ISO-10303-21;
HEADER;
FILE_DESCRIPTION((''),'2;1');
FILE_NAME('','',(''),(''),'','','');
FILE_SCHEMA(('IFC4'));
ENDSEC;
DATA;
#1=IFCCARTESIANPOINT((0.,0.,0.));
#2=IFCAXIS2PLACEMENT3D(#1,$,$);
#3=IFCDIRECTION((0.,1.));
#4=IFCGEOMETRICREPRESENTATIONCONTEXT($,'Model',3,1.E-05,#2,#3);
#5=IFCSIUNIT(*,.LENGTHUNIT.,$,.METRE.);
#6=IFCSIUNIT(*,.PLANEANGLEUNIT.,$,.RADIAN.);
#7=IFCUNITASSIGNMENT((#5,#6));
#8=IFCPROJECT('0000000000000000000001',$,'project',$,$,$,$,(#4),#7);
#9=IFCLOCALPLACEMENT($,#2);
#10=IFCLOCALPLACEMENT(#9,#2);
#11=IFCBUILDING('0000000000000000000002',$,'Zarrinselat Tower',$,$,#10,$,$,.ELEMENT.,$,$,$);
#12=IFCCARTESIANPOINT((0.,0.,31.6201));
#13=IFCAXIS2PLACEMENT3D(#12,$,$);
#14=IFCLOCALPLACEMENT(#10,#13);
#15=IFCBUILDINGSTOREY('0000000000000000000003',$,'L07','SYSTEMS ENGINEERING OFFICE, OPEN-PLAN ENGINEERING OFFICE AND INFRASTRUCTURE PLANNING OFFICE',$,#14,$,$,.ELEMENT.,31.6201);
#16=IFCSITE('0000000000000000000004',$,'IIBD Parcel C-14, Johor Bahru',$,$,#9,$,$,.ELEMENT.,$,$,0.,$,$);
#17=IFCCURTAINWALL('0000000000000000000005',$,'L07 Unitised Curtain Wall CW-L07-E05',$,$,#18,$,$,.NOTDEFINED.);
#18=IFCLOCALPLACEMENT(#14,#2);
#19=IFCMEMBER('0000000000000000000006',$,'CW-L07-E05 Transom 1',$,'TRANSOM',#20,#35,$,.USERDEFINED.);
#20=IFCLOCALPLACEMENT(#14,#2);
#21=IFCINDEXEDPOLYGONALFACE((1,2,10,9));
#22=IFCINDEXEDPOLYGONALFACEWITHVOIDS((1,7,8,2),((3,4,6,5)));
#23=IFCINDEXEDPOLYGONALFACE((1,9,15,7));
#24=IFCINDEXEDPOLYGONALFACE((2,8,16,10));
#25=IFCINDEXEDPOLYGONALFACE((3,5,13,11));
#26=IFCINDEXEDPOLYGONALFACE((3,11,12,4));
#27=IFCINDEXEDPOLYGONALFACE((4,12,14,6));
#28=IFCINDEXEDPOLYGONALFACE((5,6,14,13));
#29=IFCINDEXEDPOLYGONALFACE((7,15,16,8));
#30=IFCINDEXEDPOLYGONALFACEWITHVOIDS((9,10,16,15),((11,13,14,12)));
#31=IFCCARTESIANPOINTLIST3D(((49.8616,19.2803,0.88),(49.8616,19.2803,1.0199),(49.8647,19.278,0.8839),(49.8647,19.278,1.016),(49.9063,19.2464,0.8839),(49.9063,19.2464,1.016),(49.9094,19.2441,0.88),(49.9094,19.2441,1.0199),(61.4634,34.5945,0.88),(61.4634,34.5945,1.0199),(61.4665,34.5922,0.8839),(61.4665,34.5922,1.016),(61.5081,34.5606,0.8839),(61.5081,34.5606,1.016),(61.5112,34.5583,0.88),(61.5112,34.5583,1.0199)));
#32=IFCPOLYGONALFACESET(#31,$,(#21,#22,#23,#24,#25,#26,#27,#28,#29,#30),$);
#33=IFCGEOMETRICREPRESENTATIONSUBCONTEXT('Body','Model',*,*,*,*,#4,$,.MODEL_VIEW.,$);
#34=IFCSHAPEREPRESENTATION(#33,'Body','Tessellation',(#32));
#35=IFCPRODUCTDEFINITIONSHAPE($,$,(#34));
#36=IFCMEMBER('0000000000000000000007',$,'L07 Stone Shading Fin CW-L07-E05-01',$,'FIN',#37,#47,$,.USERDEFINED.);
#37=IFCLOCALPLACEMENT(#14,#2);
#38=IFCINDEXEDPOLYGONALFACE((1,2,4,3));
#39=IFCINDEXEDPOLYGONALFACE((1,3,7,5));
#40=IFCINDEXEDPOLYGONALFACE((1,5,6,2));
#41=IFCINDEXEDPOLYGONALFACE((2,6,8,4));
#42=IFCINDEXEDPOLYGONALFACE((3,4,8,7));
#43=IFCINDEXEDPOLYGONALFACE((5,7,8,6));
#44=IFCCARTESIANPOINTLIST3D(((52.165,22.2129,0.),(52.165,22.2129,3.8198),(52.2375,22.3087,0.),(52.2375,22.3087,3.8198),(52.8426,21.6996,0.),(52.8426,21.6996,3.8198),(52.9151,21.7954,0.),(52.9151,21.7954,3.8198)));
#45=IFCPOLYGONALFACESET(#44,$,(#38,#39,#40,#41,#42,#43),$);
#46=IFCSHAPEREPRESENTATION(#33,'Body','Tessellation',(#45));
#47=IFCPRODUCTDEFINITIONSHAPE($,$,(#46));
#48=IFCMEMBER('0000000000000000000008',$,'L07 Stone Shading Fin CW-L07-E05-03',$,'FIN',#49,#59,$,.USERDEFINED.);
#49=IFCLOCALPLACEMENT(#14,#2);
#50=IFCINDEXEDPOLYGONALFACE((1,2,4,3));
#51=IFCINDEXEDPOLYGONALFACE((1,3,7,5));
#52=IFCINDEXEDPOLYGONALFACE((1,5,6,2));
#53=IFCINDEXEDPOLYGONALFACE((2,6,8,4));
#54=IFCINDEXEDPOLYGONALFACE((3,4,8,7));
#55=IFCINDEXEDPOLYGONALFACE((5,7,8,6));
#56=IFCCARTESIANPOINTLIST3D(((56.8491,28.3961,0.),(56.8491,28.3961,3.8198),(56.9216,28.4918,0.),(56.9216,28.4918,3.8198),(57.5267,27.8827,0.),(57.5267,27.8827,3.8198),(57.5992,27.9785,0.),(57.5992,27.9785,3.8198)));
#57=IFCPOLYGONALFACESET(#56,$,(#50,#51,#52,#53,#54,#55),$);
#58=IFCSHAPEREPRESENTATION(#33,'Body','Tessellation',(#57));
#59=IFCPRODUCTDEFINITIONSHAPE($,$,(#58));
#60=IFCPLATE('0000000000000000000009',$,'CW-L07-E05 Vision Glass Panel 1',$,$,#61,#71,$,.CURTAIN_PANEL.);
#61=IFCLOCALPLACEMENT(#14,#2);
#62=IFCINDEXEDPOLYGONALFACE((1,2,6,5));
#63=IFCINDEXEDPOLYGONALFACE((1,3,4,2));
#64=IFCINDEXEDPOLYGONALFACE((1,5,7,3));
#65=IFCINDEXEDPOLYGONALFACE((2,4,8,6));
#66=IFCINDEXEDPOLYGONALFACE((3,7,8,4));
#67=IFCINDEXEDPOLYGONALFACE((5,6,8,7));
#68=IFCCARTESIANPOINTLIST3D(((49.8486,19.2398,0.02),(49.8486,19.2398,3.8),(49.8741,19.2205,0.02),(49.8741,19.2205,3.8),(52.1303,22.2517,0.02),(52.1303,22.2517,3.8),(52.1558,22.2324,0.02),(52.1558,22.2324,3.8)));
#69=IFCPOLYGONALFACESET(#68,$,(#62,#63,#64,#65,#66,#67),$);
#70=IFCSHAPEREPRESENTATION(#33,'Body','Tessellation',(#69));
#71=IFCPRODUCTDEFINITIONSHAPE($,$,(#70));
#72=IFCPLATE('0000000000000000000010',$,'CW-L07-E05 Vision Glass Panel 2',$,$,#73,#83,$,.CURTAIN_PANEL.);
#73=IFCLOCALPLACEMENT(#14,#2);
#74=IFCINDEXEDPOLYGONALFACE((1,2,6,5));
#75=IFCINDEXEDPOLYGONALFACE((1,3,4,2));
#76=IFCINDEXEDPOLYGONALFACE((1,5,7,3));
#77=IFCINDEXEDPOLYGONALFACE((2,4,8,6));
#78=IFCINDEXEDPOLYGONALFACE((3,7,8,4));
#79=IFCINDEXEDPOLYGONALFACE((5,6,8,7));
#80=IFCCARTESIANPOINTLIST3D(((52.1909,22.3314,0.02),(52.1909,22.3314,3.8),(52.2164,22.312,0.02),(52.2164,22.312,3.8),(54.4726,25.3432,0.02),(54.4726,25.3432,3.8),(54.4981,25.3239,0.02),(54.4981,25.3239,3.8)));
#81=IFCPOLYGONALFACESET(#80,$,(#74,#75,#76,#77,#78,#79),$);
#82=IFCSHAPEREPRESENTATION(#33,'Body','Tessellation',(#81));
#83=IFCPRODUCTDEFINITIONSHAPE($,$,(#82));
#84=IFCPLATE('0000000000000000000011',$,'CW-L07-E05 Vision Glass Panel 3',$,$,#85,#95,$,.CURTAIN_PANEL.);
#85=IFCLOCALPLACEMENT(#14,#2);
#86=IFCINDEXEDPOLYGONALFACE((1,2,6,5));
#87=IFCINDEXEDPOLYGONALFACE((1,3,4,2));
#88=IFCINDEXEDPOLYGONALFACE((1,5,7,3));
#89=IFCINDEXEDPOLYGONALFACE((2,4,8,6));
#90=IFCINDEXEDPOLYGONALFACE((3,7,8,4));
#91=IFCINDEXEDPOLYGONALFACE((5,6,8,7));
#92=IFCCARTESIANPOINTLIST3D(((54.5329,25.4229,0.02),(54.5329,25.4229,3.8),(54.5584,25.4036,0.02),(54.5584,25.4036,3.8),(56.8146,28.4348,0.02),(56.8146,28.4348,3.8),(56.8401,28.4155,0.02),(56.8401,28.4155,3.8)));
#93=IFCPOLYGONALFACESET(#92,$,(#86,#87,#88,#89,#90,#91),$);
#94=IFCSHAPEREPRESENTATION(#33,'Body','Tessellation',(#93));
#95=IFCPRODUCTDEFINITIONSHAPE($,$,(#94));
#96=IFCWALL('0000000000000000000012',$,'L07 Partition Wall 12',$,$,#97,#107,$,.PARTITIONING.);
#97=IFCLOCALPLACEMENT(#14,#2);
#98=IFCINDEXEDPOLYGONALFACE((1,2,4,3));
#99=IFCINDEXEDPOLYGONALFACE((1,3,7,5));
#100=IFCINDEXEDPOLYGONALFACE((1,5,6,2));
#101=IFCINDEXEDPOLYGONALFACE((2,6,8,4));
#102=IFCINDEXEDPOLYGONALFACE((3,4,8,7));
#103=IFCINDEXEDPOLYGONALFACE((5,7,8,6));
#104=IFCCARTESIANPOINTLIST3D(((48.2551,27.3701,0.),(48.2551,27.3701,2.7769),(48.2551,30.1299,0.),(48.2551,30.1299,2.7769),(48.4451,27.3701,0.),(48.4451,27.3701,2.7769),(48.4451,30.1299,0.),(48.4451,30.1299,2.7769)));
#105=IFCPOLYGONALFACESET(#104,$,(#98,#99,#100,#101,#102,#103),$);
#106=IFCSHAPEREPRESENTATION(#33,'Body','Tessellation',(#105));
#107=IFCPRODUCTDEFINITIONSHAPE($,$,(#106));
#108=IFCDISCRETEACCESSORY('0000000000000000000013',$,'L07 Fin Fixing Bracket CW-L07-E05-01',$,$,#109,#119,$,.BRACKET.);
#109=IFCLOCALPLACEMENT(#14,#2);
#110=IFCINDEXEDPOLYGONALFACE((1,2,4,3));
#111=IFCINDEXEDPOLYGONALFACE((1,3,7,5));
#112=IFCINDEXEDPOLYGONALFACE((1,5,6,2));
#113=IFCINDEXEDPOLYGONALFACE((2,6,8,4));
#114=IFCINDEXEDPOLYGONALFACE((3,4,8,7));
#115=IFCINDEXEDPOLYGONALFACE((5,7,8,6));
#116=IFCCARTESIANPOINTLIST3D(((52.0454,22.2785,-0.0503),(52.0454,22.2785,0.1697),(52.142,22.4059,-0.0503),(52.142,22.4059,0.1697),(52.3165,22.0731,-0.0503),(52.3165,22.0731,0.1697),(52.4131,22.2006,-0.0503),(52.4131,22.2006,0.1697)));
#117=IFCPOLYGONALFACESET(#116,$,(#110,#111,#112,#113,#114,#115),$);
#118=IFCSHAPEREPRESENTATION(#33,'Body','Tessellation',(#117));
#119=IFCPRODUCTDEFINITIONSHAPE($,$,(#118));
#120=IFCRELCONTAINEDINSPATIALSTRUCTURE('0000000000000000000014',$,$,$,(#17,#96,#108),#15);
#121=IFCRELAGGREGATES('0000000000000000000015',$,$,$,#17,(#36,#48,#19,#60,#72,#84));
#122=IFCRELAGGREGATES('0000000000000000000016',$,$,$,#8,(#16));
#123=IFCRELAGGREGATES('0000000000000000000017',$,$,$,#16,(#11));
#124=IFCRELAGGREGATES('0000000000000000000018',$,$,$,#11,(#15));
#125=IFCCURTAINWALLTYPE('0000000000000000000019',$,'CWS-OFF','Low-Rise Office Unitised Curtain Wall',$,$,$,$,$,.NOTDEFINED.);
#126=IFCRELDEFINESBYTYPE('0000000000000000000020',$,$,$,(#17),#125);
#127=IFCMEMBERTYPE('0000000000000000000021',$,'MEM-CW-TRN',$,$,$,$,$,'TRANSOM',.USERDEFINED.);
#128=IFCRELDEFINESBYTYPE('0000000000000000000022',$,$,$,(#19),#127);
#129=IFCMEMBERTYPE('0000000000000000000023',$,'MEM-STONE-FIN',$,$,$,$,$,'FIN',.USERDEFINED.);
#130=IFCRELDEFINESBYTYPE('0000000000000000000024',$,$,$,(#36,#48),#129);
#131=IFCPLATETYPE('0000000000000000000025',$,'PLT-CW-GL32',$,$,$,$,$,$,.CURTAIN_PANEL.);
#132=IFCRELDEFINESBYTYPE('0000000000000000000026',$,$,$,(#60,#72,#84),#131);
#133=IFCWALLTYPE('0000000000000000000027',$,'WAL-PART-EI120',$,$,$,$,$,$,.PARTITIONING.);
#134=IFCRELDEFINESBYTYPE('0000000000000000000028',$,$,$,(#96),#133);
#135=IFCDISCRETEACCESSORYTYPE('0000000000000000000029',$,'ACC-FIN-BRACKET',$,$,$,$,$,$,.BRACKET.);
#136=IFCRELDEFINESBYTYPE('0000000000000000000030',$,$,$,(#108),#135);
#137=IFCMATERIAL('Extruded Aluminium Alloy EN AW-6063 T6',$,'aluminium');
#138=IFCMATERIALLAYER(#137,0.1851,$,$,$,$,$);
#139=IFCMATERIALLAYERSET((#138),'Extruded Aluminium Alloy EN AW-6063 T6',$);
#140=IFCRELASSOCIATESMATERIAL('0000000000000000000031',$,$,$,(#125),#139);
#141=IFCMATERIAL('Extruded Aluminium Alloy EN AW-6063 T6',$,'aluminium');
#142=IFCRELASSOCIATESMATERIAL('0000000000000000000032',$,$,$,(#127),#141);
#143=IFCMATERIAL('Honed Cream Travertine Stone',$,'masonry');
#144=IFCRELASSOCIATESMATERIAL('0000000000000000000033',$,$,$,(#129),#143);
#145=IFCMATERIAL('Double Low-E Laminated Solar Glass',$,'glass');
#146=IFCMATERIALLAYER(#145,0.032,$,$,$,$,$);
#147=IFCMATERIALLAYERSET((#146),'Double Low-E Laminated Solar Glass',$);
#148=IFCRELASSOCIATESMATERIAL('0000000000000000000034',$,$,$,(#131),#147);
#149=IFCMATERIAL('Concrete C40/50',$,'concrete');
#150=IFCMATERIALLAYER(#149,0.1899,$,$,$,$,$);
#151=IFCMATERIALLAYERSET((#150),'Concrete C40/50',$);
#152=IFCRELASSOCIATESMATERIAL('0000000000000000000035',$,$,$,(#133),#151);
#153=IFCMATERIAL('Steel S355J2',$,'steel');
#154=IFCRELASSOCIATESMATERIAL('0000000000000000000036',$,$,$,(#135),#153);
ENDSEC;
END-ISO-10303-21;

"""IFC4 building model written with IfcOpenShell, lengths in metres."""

from ifc_helpers import new_model, si_unit, direction, frame, frame_2d, origin, origin_2d, place, context, subcontext, project, spatial, rectangle, hollow_rectangle, extrude, material, layer, layer_set, material_profile, profile_set, type_object, element, aggregate, save


model = new_model("IFC4")

# Units and contexts
model_context = context("Model", 3, precision=1e-05, world=origin(), true_north=direction((0.0, 1.0)))
body_context = subcontext(model_context, "Body", "Model", "MODEL_VIEW")
ifc_project = project(units=[si_unit("LENGTHUNIT", "METRE"), si_unit("PLANEANGLEUNIT", "RADIAN")], contexts=[model_context])

# Site, building, storey
site_placement = place(None, origin())
site = spatial("IfcSite", under=ifc_project, at=site_placement, Name="IIBD Parcel C-14, Johor Bahru", CompositionType="ELEMENT", RefElevation=0.0)
building_placement = place(site_placement, origin())
building = spatial("IfcBuilding", under=site, at=building_placement, Name="Zarrinselat Tower", CompositionType="ELEMENT")
storey_placement = place(building_placement, frame((0.0, 0.0, 31.6201)))
storey = spatial("IfcBuildingStorey", under=building, at=storey_placement, Name="L07", Description="SYSTEMS ENGINEERING OFFICE, OPEN-PLAN ENGINEERING OFFICE AND INFRASTRUCTURE PLANNING OFFICE", CompositionType="ELEMENT", Elevation=31.6201)

# Shared definitions
ifc_material_1 = material(Name="Extruded Aluminium Alloy EN AW-6063 T6", Category="aluminium")
ifc_layer_1 = layer(ifc_material_1, 0.1851)
ifc_layer_set_1 = layer_set([ifc_layer_1], Name="Extruded Aluminium Alloy EN AW-6063 T6")
curtain_wall_type = type_object("IfcCurtainWallType", Name="CWS-OFF", Description="Low-Rise Office Unitised Curtain Wall", PredefinedType="NOTDEFINED", material=ifc_layer_set_1)

# Curtain wall, members, plates
curtain_wall_1_placement = place(storey_placement, origin())
curtain_wall_1 = element("IfcCurtainWall", 1, at=curtain_wall_1_placement, inside=storey, type_object=curtain_wall_type, Name="L07 Unitised Curtain Wall CW-L07-E05", PredefinedType="NOTDEFINED")
ifc_material_2 = material(Name="Extruded Aluminium Alloy EN AW-6063 T6", Category="aluminium")
ifc_material_profile_1 = material_profile(ifc_material_2, hollow_rectangle(XDim=0.0601, YDim=0.1399, WallThickness=0.0039, at=origin_2d()), Name="RHS 140x60x4")
ifc_profile_set_1 = profile_set([ifc_material_profile_1], Name="Extruded Aluminium Alloy EN AW-6063 T6")
member_type_1 = type_object("IfcMemberType", Name="MEM-CW-TRN", ElementType="TRANSOM", PredefinedType="USERDEFINED", material=ifc_profile_set_1)
member_1_placement = place(storey_placement, frame((49.8855, 19.2622, 0.95), z_axis=(0.603862, 0.797089, 0.0), x_axis=(-0.797089, 0.603862, 0.0)))
member_1 = element("IfcMember", 2, at=member_1_placement, type_object=member_type_1, Name="CW-L07-E05 Transom 1", ObjectType="TRANSOM", PredefinedType="USERDEFINED", context=body_context, shape_type="SweptSolid", body=[
    extrude(hollow_rectangle(XDim=0.0601, YDim=0.1399, WallThickness=0.0039, at=origin_2d()), origin(), (0.0, 0.0, 1.0), 19.2126),
])
ifc_material_3 = material(Name="Honed Cream Travertine Stone", Category="masonry")
ifc_material_profile_2 = material_profile(ifc_material_3, rectangle(XDim=0.1201, YDim=0.8501, at=origin_2d()), Name="FIN 850x120")
ifc_profile_set_2 = profile_set([ifc_material_profile_2], Name="Honed Cream Travertine Stone")
member_type_2 = type_object("IfcMemberType", Name="MEM-STONE-FIN", ElementType="FIN", PredefinedType="USERDEFINED", material=ifc_profile_set_2)
member_2_placement = place(storey_placement, frame((52.54, 22.0042, 0.0), z_axis=(0.0, 0.0, 1.0), x_axis=(-0.603858, -0.797092, 0.0)))
member_2 = element("IfcMember", 3, at=member_2_placement, type_object=member_type_2, Name="L07 Stone Shading Fin CW-L07-E05-01", ObjectType="FIN", PredefinedType="USERDEFINED", context=body_context, shape_type="SweptSolid", body=[
    extrude(rectangle(XDim=0.1201, YDim=0.8501, at=origin_2d()), origin(), (0.0, 0.0, 1.0), 3.8198),
])
member_3_placement = place(storey_placement, frame((57.2241, 28.1873, 0.0), z_axis=(0.0, 0.0, 1.0), x_axis=(-0.603858, -0.797092, 0.0)))
member_3 = element("IfcMember", 4, at=member_3_placement, type_object=member_type_2, Name="L07 Stone Shading Fin CW-L07-E05-03", ObjectType="FIN", PredefinedType="USERDEFINED", context=body_context, shape_type="SweptSolid", body=[
    extrude(rectangle(XDim=0.1201, YDim=0.8501, at=origin_2d()), origin(), (0.0, 0.0, 1.0), 3.8198),
])
ifc_material_4 = material(Name="Double Low-E Laminated Solar Glass", Category="glass")
ifc_layer_2 = layer(ifc_material_4, 0.032)
ifc_layer_set_2 = layer_set([ifc_layer_2], Name="Double Low-E Laminated Solar Glass")
plate_type = type_object("IfcPlateType", Name="PLT-CW-GL32", PredefinedType="CURTAIN_PANEL", material=ifc_layer_set_2)
plate_1_placement = place(storey_placement, frame((51.0022, 20.7361, 0.02), z_axis=(0.0, 0.0, 1.0), x_axis=(0.603858, 0.797092, 0.0)))
plate_1 = element("IfcPlate", 5, at=plate_1_placement, type_object=plate_type, Name="CW-L07-E05 Vision Glass Panel 1", PredefinedType="CURTAIN_PANEL", context=body_context, shape_type="SweptSolid", body=[
    extrude(rectangle(XDim=3.7786, YDim=0.032, at=origin_2d()), origin(), (0.0, 0.0, 1.0), 3.78),
])
plate_2_placement = place(storey_placement, frame((53.3445, 23.8276, 0.02), z_axis=(0.0, 0.0, 1.0), x_axis=(0.603858, 0.797092, 0.0)))
plate_2 = element("IfcPlate", 6, at=plate_2_placement, type_object=plate_type, Name="CW-L07-E05 Vision Glass Panel 2", PredefinedType="CURTAIN_PANEL", context=body_context, shape_type="SweptSolid", body=[
    extrude(rectangle(XDim=3.7786, YDim=0.032, at=origin_2d()), origin(), (0.0, 0.0, 1.0), 3.78),
])
plate_3_placement = place(storey_placement, frame((55.6865, 26.9192, 0.02), z_axis=(0.0, 0.0, 1.0), x_axis=(0.603858, 0.797092, 0.0)))
plate_3 = element("IfcPlate", 7, at=plate_3_placement, type_object=plate_type, Name="CW-L07-E05 Vision Glass Panel 3", PredefinedType="CURTAIN_PANEL", context=body_context, shape_type="SweptSolid", body=[
    extrude(rectangle(XDim=3.7786, YDim=0.032, at=origin_2d()), origin(), (0.0, 0.0, 1.0), 3.78),
])
aggregate(curtain_wall_1, [member_2, member_3, member_1, plate_1, plate_2, plate_3])

# Wall
ifc_material_5 = material(Name="Concrete C40/50", Category="concrete")
ifc_layer_3 = layer(ifc_material_5, 0.1899)
ifc_layer_set_3 = layer_set([ifc_layer_3], Name="Concrete C40/50")
wall_type = type_object("IfcWallType", Name="WAL-PART-EI120", PredefinedType="PARTITIONING", material=ifc_layer_set_3)
wall_placement = place(storey_placement, frame((48.3501, 27.3701, 0.0), z_axis=(0.0, 0.0, 1.0), x_axis=(0.0, 1.0, 0.0)))
element("IfcWall", 8, at=wall_placement, inside=storey, type_object=wall_type, Name="L07 Partition Wall 12", PredefinedType="PARTITIONING", context=body_context, shape_type="SweptSolid", body=[
    extrude(rectangle(XDim=2.7598, YDim=0.1899, at=frame_2d((1.3799, 0.0))), origin(), (0.0, 0.0, 1.0), 2.7769),
])

# Discrete accessory
ifc_material_6 = material(Name="Steel S355J2", Category="steel")
discrete_accessory_type = type_object("IfcDiscreteAccessoryType", Name="ACC-FIN-BRACKET", PredefinedType="BRACKET", material=ifc_material_6)
discrete_accessory_placement = place(storey_placement, frame((52.2292, 22.2395, -0.0503), z_axis=(0.0, 0.0, 1.0), x_axis=(0.797092, -0.603858, 0.0)))
element("IfcDiscreteAccessory", 9, at=discrete_accessory_placement, inside=storey, type_object=discrete_accessory_type, Name="L07 Fin Fixing Bracket CW-L07-E05-01", PredefinedType="BRACKET", context=body_context, shape_type="SweptSolid", body=[
    extrude(rectangle(XDim=0.3401, YDim=0.1599, at=origin_2d()), origin(), (0.0, 0.0, 1.0), 0.22),
])

save(model, "model.ifc")
